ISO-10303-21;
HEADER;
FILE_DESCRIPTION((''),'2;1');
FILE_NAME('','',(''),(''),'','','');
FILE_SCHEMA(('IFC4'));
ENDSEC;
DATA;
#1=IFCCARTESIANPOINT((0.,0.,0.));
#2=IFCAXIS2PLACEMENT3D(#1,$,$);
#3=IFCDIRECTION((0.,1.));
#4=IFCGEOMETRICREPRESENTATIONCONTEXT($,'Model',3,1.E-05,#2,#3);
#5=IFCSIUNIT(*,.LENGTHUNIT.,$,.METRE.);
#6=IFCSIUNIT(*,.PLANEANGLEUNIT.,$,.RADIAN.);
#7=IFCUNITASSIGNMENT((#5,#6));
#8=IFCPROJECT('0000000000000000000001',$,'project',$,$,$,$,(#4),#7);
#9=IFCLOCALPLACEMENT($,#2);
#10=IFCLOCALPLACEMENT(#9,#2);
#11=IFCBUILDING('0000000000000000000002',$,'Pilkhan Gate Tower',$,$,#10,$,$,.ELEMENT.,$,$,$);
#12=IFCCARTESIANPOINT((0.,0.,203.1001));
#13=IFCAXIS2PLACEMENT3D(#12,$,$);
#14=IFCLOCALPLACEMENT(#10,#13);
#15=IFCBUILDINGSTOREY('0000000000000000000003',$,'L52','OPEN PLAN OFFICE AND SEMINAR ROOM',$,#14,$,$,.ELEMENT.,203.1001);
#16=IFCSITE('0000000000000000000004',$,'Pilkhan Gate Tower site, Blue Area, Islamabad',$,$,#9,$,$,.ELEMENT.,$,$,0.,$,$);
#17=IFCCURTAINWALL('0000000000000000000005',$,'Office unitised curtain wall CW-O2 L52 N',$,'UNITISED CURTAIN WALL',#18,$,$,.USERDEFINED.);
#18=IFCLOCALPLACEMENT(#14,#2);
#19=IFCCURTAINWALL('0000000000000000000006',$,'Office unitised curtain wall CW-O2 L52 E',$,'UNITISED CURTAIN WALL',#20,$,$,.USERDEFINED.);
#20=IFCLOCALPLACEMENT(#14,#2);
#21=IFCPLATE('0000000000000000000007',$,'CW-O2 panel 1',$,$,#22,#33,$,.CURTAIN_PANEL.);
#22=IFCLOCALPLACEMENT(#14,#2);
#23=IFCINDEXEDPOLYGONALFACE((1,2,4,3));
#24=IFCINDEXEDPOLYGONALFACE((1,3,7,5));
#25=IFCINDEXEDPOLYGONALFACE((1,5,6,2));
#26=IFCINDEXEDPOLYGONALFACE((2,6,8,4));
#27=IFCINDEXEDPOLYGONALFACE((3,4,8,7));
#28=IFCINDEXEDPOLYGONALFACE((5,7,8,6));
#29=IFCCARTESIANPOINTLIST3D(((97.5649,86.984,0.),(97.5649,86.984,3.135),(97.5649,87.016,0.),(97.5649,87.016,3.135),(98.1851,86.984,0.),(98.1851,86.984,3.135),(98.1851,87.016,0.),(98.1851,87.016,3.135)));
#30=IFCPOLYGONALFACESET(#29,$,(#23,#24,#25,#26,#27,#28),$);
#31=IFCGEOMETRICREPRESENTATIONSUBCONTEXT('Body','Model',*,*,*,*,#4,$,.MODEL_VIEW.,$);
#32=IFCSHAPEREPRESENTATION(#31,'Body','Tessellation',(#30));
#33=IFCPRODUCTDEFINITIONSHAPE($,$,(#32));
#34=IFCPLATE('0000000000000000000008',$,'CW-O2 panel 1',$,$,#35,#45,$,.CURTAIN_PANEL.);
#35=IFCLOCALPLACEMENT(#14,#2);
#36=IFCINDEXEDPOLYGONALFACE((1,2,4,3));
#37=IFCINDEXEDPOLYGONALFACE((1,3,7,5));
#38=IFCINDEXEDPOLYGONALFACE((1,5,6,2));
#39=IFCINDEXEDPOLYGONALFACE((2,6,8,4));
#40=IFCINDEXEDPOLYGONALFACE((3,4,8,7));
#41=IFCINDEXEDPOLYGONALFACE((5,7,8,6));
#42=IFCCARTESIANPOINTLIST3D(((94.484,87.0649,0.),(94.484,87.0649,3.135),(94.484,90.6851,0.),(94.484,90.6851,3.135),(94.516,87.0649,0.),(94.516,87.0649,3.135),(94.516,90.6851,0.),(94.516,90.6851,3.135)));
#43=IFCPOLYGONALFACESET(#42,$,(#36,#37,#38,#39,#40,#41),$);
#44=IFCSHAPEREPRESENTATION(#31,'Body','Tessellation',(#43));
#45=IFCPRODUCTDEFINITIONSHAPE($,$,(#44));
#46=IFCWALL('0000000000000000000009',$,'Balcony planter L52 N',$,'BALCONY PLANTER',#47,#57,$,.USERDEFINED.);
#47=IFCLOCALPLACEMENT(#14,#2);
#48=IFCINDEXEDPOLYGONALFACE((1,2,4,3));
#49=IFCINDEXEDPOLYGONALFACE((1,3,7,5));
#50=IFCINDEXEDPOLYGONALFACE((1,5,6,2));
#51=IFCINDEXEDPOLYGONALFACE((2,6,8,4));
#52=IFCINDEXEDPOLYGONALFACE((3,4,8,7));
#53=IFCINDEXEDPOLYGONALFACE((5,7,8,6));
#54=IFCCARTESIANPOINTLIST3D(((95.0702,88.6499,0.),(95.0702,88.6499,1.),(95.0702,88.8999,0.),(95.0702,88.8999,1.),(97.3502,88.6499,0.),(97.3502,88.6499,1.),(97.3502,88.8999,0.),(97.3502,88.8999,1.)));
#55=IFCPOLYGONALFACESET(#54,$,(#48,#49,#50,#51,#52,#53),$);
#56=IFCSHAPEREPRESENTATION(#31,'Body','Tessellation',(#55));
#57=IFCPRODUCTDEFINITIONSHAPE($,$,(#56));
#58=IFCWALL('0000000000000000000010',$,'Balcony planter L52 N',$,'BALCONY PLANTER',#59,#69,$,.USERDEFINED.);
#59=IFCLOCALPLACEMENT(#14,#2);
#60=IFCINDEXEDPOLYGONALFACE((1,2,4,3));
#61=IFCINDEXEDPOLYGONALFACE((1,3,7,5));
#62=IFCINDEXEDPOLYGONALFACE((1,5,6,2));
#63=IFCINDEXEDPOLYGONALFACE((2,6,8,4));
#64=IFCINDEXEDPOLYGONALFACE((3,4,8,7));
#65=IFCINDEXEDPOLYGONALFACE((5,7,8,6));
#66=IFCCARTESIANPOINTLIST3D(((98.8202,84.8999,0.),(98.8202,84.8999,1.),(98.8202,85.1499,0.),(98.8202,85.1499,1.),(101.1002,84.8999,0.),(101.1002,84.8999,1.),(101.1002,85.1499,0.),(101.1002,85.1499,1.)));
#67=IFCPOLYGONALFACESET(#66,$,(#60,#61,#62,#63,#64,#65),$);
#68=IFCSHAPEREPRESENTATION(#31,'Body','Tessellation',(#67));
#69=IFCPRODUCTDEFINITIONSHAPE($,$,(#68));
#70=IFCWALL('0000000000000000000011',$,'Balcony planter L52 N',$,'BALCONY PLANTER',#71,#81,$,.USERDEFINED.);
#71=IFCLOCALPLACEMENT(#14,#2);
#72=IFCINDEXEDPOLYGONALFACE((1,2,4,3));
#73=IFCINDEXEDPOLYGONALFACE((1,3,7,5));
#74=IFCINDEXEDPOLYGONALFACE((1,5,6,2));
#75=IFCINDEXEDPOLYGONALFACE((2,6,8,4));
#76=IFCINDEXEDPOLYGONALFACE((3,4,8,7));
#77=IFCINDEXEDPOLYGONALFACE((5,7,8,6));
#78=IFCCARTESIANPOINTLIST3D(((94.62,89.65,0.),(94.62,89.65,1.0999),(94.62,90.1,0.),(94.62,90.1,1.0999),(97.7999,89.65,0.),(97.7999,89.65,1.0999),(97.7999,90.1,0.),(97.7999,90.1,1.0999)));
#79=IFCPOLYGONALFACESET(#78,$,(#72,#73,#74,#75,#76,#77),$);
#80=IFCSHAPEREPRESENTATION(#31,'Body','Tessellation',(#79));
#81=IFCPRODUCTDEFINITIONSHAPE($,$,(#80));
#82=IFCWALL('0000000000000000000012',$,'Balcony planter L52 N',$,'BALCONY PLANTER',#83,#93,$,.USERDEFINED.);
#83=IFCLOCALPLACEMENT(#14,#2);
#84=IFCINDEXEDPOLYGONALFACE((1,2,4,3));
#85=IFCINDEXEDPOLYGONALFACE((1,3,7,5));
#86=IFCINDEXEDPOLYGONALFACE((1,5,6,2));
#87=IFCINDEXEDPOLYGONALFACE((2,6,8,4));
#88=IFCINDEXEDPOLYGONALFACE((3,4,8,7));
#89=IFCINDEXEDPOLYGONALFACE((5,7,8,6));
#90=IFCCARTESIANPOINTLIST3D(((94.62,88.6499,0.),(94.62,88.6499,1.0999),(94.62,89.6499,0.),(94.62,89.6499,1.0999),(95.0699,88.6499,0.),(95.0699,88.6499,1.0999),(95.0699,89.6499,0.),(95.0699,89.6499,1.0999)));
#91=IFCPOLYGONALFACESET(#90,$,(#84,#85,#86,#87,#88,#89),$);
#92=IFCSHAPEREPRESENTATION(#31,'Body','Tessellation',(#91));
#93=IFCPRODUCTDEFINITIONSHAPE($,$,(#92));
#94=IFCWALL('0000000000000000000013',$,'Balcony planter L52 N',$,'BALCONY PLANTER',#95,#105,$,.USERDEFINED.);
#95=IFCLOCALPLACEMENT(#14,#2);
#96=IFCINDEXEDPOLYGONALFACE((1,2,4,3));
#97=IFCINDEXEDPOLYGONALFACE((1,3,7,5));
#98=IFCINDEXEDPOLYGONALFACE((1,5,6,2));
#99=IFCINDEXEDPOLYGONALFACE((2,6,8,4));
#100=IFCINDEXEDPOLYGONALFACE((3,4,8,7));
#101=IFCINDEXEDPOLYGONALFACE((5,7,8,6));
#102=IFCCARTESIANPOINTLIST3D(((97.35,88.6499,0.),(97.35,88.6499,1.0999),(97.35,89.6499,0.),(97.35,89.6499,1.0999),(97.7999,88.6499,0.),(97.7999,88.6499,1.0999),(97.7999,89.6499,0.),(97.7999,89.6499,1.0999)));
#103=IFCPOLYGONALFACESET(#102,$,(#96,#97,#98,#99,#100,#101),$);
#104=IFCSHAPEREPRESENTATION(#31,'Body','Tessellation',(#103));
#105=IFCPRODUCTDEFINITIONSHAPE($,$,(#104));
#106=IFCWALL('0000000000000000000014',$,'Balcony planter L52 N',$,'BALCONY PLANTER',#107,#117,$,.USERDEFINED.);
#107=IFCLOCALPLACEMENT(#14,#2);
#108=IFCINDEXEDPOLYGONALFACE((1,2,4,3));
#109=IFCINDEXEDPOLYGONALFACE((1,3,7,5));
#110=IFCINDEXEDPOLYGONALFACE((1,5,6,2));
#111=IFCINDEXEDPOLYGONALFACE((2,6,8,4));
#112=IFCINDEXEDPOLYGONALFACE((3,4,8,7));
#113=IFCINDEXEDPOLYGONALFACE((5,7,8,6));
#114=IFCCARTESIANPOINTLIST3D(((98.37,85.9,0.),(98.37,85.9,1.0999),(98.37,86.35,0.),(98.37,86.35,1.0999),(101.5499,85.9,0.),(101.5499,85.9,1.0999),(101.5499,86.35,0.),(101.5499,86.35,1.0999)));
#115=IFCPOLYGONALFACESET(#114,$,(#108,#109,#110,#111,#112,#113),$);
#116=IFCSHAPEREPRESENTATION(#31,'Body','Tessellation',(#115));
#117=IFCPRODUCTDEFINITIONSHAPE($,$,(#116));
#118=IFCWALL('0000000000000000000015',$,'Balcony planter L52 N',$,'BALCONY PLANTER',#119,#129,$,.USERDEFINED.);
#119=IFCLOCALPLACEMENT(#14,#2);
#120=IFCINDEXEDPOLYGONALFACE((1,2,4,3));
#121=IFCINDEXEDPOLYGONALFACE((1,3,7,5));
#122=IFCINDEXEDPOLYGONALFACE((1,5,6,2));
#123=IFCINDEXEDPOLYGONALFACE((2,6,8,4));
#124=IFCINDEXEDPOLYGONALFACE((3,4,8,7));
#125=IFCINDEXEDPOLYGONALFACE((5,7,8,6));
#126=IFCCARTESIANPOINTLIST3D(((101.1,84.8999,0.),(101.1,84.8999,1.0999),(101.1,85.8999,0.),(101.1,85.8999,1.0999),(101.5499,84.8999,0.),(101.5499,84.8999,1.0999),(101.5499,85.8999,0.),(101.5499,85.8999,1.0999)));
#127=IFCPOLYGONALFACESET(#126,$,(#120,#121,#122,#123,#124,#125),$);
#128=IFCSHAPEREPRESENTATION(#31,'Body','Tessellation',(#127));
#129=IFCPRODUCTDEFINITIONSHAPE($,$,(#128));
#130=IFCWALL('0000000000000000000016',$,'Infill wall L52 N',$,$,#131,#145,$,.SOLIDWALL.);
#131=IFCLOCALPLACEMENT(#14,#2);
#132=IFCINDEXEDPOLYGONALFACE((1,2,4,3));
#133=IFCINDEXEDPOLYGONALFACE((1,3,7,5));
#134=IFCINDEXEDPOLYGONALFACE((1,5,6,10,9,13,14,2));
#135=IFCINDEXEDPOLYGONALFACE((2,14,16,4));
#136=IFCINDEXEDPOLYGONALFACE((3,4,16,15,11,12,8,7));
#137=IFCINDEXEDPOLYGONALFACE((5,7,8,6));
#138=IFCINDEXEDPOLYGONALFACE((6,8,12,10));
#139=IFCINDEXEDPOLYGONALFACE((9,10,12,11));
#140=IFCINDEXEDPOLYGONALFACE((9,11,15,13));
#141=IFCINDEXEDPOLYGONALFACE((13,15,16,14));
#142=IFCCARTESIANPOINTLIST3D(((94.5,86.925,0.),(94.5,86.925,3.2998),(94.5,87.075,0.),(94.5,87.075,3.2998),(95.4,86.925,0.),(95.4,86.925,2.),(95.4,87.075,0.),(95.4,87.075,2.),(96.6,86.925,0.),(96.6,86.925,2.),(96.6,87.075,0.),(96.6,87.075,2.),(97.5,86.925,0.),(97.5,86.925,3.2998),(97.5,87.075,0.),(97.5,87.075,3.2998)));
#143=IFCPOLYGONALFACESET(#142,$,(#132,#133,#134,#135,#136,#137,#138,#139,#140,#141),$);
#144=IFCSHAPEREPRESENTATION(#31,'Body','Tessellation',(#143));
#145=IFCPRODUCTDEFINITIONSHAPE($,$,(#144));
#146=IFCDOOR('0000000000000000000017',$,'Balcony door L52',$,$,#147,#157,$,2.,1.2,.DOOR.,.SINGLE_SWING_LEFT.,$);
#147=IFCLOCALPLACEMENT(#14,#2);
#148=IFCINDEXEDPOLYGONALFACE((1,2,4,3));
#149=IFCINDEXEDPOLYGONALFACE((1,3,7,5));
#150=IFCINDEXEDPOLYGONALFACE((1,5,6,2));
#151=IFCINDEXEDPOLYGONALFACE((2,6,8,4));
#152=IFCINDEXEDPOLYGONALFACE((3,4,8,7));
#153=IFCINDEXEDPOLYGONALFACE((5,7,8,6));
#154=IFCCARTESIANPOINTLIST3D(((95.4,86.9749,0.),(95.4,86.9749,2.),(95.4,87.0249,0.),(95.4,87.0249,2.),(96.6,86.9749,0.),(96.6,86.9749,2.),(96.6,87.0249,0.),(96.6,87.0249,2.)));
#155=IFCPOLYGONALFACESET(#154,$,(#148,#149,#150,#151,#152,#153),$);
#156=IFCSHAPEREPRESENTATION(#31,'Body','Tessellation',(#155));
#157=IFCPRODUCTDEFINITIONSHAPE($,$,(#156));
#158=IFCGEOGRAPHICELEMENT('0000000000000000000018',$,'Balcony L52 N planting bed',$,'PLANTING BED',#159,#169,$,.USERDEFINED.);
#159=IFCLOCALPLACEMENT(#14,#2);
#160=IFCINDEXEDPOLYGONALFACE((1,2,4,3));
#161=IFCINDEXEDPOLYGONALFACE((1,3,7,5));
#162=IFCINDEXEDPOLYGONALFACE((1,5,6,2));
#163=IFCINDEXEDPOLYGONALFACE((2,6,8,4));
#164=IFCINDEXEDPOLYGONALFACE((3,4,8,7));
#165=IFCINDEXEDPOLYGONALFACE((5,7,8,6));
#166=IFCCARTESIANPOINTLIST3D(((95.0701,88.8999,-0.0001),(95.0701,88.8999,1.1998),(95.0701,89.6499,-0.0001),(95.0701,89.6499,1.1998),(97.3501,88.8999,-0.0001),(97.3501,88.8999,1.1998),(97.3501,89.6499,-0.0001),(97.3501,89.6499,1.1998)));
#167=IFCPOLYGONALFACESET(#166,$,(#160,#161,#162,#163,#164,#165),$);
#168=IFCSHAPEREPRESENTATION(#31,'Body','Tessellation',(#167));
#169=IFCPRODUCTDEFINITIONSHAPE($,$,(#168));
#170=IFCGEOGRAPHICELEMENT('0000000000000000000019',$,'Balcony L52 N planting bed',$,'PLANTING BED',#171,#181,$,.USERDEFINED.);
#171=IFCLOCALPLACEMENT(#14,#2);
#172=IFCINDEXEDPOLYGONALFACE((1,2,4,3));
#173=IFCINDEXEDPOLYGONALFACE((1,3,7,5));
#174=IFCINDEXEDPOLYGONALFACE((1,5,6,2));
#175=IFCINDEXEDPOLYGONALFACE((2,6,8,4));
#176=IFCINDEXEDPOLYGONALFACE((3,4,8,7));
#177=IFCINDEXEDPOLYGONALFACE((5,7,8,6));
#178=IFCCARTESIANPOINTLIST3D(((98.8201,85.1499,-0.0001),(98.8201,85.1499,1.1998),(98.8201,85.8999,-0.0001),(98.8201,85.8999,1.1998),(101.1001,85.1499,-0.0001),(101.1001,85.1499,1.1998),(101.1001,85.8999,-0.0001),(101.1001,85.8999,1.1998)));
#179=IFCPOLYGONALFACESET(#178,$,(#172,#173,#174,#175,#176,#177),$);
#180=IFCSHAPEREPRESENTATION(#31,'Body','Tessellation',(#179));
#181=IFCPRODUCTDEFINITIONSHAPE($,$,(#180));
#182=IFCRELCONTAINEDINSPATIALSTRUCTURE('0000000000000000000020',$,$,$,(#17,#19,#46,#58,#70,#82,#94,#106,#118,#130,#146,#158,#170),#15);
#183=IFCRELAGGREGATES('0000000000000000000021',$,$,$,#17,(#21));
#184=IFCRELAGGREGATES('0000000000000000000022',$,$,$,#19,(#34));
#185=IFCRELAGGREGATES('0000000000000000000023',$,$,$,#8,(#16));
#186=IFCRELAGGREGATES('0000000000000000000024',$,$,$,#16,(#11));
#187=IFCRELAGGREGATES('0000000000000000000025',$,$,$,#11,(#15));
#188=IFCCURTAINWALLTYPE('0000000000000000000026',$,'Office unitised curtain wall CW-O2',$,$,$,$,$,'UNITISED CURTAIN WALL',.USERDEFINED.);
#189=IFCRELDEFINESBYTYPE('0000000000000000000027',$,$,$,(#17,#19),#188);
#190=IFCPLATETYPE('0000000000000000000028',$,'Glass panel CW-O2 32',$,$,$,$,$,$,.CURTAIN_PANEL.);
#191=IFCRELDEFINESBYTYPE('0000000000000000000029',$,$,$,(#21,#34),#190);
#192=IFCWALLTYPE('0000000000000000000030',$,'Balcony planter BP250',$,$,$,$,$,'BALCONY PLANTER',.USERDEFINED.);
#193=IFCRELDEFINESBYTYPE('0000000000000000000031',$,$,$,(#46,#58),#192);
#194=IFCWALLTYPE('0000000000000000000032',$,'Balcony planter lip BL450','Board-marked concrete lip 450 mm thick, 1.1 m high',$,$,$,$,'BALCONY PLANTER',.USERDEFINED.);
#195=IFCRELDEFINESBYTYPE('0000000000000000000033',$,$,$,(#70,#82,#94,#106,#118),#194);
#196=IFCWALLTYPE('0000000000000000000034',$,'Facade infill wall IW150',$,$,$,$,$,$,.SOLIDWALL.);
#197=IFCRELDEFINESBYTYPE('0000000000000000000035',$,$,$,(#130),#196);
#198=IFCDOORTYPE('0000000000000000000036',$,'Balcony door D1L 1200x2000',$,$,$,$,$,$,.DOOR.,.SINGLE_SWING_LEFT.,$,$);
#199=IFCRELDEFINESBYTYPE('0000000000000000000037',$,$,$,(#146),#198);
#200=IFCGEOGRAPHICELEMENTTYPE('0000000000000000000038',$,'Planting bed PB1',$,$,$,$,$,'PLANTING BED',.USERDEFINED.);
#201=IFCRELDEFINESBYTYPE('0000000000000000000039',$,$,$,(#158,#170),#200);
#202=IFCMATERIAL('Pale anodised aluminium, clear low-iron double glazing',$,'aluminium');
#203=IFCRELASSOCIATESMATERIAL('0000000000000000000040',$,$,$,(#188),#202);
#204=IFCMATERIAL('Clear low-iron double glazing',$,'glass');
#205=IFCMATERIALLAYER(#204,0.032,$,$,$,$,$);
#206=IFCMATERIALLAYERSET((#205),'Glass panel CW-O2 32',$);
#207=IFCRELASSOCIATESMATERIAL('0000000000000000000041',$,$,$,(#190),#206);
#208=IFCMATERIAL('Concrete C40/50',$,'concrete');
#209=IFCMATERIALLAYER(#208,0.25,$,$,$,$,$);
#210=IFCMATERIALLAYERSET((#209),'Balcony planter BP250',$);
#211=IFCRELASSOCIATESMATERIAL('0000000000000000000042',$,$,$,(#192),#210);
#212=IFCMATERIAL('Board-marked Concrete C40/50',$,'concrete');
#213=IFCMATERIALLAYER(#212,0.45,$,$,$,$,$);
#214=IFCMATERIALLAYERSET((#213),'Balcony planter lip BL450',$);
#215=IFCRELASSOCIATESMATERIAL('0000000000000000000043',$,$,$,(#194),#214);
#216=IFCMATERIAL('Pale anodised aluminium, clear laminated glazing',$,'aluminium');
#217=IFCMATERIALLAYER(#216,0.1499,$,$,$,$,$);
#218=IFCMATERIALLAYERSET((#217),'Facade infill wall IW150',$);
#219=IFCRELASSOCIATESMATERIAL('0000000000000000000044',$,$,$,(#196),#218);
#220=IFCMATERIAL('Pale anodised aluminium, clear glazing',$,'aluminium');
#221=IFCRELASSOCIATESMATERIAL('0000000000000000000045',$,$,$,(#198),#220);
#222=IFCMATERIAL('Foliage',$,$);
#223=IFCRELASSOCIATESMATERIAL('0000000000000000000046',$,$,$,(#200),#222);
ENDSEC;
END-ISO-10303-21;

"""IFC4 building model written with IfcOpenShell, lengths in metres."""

from ifc_helpers import new_model, si_unit, direction, frame, frame_2d, origin, origin_2d, place, context, subcontext, project, spatial, rectangle, extrude, material, layer, layer_set, material_profile, profile_set, type_object, element, fill, aggregate, save


model = new_model("IFC4")

# Units and contexts
model_context = context("Model", 3, precision=1e-05, world=origin(), true_north=direction((0.0, 1.0)))
body_context = subcontext(model_context, "Body", "Model", "MODEL_VIEW")
ifc_project = project(units=[si_unit("LENGTHUNIT", "METRE"), si_unit("PLANEANGLEUNIT", "RADIAN")], contexts=[model_context])

# Site, building, storey
site_placement = place(None, origin())
site = spatial("IfcSite", under=ifc_project, at=site_placement, Name="Pilkhan Gate Tower site, Blue Area, Islamabad", CompositionType="ELEMENT", RefElevation=0.0)
building_placement = place(site_placement, origin())
building = spatial("IfcBuilding", under=site, at=building_placement, Name="Pilkhan Gate Tower", CompositionType="ELEMENT")
storey_placement = place(building_placement, frame((0.0, 0.0, 203.1001)))
storey = spatial("IfcBuildingStorey", under=building, at=storey_placement, Name="L52", Description="OPEN PLAN OFFICE AND SEMINAR ROOM", CompositionType="ELEMENT", Elevation=203.1001)

# Shared definitions
ifc_material_1 = material(Name="Pale anodised aluminium, clear low-iron double glazing", Category="aluminium")
curtain_wall_type = type_object("IfcCurtainWallType", Name="Office unitised curtain wall CW-O2", ElementType="UNITISED CURTAIN WALL", PredefinedType="USERDEFINED", material=ifc_material_1)

# Curtain walls
curtain_wall_1_placement = place(storey_placement, origin())
curtain_wall_1 = element("IfcCurtainWall", 1, at=curtain_wall_1_placement, inside=storey, type_object=curtain_wall_type, Name="Office unitised curtain wall CW-O2 L52 N", ObjectType="UNITISED CURTAIN WALL", PredefinedType="USERDEFINED")
curtain_wall_2_placement = place(storey_placement, origin())
curtain_wall_2 = element("IfcCurtainWall", 2, at=curtain_wall_2_placement, inside=storey, type_object=curtain_wall_type, Name="Office unitised curtain wall CW-O2 L52 E", ObjectType="UNITISED CURTAIN WALL", PredefinedType="USERDEFINED")

# Plates
ifc_material_2 = material(Name="Clear low-iron double glazing", Category="glass")
ifc_layer_1 = layer(ifc_material_2, 0.032)
ifc_layer_set_1 = layer_set([ifc_layer_1], Name="Glass panel CW-O2 32")
plate_type = type_object("IfcPlateType", Name="Glass panel CW-O2 32", PredefinedType="CURTAIN_PANEL", material=ifc_layer_set_1)
plate_1_placement = place(storey_placement, frame((97.875, 87.0, 0.0), z_axis=(0.0, 0.0, 1.0), x_axis=(1.0, 0.0, 0.0)))
plate_1 = element("IfcPlate", 3, at=plate_1_placement, type_object=plate_type, Name="CW-O2 panel 1", PredefinedType="CURTAIN_PANEL", context=body_context, shape_type="SweptSolid", body=[
    extrude(rectangle(XDim=0.6201, YDim=0.032, at=origin_2d()), origin(), (0.0, 0.0, 1.0), 3.135),
])
aggregate(curtain_wall_1, [plate_1])
plate_2_placement = place(storey_placement, frame((94.5, 88.875, 0.0), z_axis=(0.0, 0.0, 1.0), x_axis=(0.0, 1.0, 0.0)))
plate_2 = element("IfcPlate", 4, at=plate_2_placement, type_object=plate_type, Name="CW-O2 panel 1", PredefinedType="CURTAIN_PANEL", context=body_context, shape_type="SweptSolid", body=[
    extrude(rectangle(XDim=3.6201, YDim=0.032, at=origin_2d()), origin(), (0.0, 0.0, 1.0), 3.135),
])
aggregate(curtain_wall_2, [plate_2])

# Walls
ifc_material_3 = material(Name="Concrete C40/50", Category="concrete")
ifc_layer_2 = layer(ifc_material_3, 0.25)
ifc_layer_set_2 = layer_set([ifc_layer_2], Name="Balcony planter BP250")
wall_type_1 = type_object("IfcWallType", Name="Balcony planter BP250", ElementType="BALCONY PLANTER", PredefinedType="USERDEFINED", material=ifc_layer_set_2)
for number, where, z_axis, x_axis, name in (
    (5, (95.0701, 88.7749, 0.0), (0.0, 0.0, 1.0), (1.0, 0.0, 0.0), "Balcony planter L52 N"),
    (6, (98.8201, 85.0249, 0.0), (0.0, 0.0, 1.0), (1.0, 0.0, 0.0), "Balcony planter L52 N"),
):
    element("IfcWall", number, at=place(storey_placement, frame(where, z_axis=z_axis, x_axis=x_axis)), inside=storey, type_object=wall_type_1, Name=name, ObjectType="BALCONY PLANTER", PredefinedType="USERDEFINED", context=body_context, shape_type="SweptSolid", body=[
        extrude(rectangle(XDim=2.28, YDim=0.25, at=frame_2d((1.1401, 0.0))), origin(), (0.0, 0.0, 1.0), 1.0),
    ])
ifc_material_4 = material(Name="Board-marked Concrete C40/50", Category="concrete")
ifc_layer_3 = layer(ifc_material_4, 0.45)
ifc_layer_set_3 = layer_set([ifc_layer_3], Name="Balcony planter lip BL450")
wall_type_2 = type_object("IfcWallType", Name="Balcony planter lip BL450", Description="Board-marked concrete lip 450 mm thick, 1.1 m high", ElementType="BALCONY PLANTER", PredefinedType="USERDEFINED", material=ifc_layer_set_3)
wall_1_placement = place(storey_placement, frame((94.6201, 89.875, 0.0), z_axis=(0.0, 0.0, 1.0), x_axis=(1.0, 0.0, 0.0)))
element("IfcWall", 7, at=wall_1_placement, inside=storey, type_object=wall_type_2, Name="Balcony planter L52 N", ObjectType="BALCONY PLANTER", PredefinedType="USERDEFINED", context=body_context, shape_type="SweptSolid", body=[
    extrude(rectangle(XDim=3.1799, YDim=0.45, at=frame_2d((1.5898, 0.0))), origin(), (0.0, 0.0, 1.0), 1.0999),
])
for number, where, z_axis, x_axis, name in (
    (8, (94.845, 88.6499, 0.0), (0.0, 0.0, 1.0), (0.0, 1.0, 0.0), "Balcony planter L52 N"),
    (9, (97.575, 88.6499, 0.0), (0.0, 0.0, 1.0), (0.0, 1.0, 0.0), "Balcony planter L52 N"),
):
    element("IfcWall", number, at=place(storey_placement, frame(where, z_axis=z_axis, x_axis=x_axis)), inside=storey, type_object=wall_type_2, Name=name, ObjectType="BALCONY PLANTER", PredefinedType="USERDEFINED", context=body_context, shape_type="SweptSolid", body=[
        extrude(rectangle(XDim=1.0, YDim=0.45, at=frame_2d((0.5, 0.0))), origin(), (0.0, 0.0, 1.0), 1.0999),
    ])
wall_2_placement = place(storey_placement, frame((98.3701, 86.125, 0.0), z_axis=(0.0, 0.0, 1.0), x_axis=(1.0, 0.0, 0.0)))
element("IfcWall", 10, at=wall_2_placement, inside=storey, type_object=wall_type_2, Name="Balcony planter L52 N", ObjectType="BALCONY PLANTER", PredefinedType="USERDEFINED", context=body_context, shape_type="SweptSolid", body=[
    extrude(rectangle(XDim=3.1799, YDim=0.45, at=frame_2d((1.5898, 0.0))), origin(), (0.0, 0.0, 1.0), 1.0999),
])
wall_3_placement = place(storey_placement, frame((101.325, 84.8999, 0.0), z_axis=(0.0, 0.0, 1.0), x_axis=(0.0, 1.0, 0.0)))
element("IfcWall", 11, at=wall_3_placement, inside=storey, type_object=wall_type_2, Name="Balcony planter L52 N", ObjectType="BALCONY PLANTER", PredefinedType="USERDEFINED", context=body_context, shape_type="SweptSolid", body=[
    extrude(rectangle(XDim=1.0, YDim=0.45, at=frame_2d((0.5, 0.0))), origin(), (0.0, 0.0, 1.0), 1.0999),
])

# Wall, opening, door
ifc_material_5 = material(Name="Pale anodised aluminium, clear laminated glazing", Category="aluminium")
ifc_layer_4 = layer(ifc_material_5, 0.1499)
ifc_layer_set_4 = layer_set([ifc_layer_4], Name="Facade infill wall IW150")
wall_type_3 = type_object("IfcWallType", Name="Facade infill wall IW150", PredefinedType="SOLIDWALL", material=ifc_layer_set_4)
wall_4_placement = place(storey_placement, frame((94.5, 87.0, 0.0), z_axis=(0.0, 0.0, 1.0), x_axis=(1.0, 0.0, 0.0)))
wall_4 = element("IfcWall", 12, at=wall_4_placement, inside=storey, type_object=wall_type_3, Name="Infill wall L52 N", PredefinedType="SOLIDWALL", context=body_context, shape_type="SweptSolid", body=[
    extrude(rectangle(XDim=3.0, YDim=0.1499, at=frame_2d((1.5, 0.0))), origin(), (0.0, 0.0, 1.0), 3.2998),
])
opening_placement = place(wall_4_placement, frame((0.8999, 0.0, 0.0)))
opening = element("IfcOpeningElement", 13, at=opening_placement, cuts=wall_4, PredefinedType="OPENING", context=body_context, shape_type="SweptSolid", body=[
    extrude(rectangle(XDim=1.2, YDim=2.0, at=frame_2d((0.6001, 1.0))), frame((0.0, 0.085, 0.0), z_axis=(0.0, -1.0, 0.0), x_axis=(1.0, 0.0, 0.0)), (0.0, 0.0, 1.0), 0.1699),
])
ifc_material_6 = material(Name="Pale anodised aluminium, clear glazing", Category="aluminium")
door_type = type_object("IfcDoorType", Name="Balcony door D1L 1200x2000", OperationType="SINGLE_SWING_LEFT", PredefinedType="DOOR", material=ifc_material_6)
door_placement = place(opening_placement, origin())
door = element("IfcDoor", 14, at=door_placement, inside=storey, type_object=door_type, Name="Balcony door L52", OperationType="SINGLE_SWING_LEFT", OverallHeight=2.0, OverallWidth=1.2, PredefinedType="DOOR", context=body_context, shape_type="SweptSolid", body=[
    extrude(rectangle(XDim=1.2, YDim=2.0, at=frame_2d((0.6001, 1.0))), frame((0.0, 0.0249, 0.0), z_axis=(0.0, -1.0, 0.0), x_axis=(1.0, 0.0, 0.0)), (0.0, 0.0, 1.0), 0.05),
])
fill(opening, door)

# Geographic elements
ifc_material_7 = material(Name="Foliage")
ifc_material_profile_1 = material_profile(ifc_material_7, rectangle(XDim=0.75, YDim=1.2, at=origin_2d()), Name="Bed 750x1200")
ifc_profile_set_1 = profile_set([ifc_material_profile_1], Name="Foliage")
geographic_element_type_1 = type_object("IfcGeographicElementType", Name="Planting bed PB1", ElementType="PLANTING BED", PredefinedType="USERDEFINED", material=ifc_profile_set_1)
for number, where, z_axis, x_axis, name in (
    (15, (95.0701, 89.2749, 0.5999), (1.0, 0.0, 0.0), (0.0, 1.0, 0.0), "Balcony L52 N planting bed"),
    (16, (98.8201, 85.5249, 0.5999), (1.0, 0.0, 0.0), (0.0, 1.0, 0.0), "Balcony L52 N planting bed"),
):
    element("IfcGeographicElement", number, at=place(storey_placement, frame(where, z_axis=z_axis, x_axis=x_axis)), inside=storey, type_object=geographic_element_type_1, Name=name, ObjectType="PLANTING BED", PredefinedType="USERDEFINED", context=body_context, shape_type="SweptSolid", body=[
        extrude(rectangle(XDim=0.75, YDim=1.2, at=origin_2d()), origin(), (0.0, 0.0, 1.0), 2.28),
    ])

save(model, "model.ifc")
